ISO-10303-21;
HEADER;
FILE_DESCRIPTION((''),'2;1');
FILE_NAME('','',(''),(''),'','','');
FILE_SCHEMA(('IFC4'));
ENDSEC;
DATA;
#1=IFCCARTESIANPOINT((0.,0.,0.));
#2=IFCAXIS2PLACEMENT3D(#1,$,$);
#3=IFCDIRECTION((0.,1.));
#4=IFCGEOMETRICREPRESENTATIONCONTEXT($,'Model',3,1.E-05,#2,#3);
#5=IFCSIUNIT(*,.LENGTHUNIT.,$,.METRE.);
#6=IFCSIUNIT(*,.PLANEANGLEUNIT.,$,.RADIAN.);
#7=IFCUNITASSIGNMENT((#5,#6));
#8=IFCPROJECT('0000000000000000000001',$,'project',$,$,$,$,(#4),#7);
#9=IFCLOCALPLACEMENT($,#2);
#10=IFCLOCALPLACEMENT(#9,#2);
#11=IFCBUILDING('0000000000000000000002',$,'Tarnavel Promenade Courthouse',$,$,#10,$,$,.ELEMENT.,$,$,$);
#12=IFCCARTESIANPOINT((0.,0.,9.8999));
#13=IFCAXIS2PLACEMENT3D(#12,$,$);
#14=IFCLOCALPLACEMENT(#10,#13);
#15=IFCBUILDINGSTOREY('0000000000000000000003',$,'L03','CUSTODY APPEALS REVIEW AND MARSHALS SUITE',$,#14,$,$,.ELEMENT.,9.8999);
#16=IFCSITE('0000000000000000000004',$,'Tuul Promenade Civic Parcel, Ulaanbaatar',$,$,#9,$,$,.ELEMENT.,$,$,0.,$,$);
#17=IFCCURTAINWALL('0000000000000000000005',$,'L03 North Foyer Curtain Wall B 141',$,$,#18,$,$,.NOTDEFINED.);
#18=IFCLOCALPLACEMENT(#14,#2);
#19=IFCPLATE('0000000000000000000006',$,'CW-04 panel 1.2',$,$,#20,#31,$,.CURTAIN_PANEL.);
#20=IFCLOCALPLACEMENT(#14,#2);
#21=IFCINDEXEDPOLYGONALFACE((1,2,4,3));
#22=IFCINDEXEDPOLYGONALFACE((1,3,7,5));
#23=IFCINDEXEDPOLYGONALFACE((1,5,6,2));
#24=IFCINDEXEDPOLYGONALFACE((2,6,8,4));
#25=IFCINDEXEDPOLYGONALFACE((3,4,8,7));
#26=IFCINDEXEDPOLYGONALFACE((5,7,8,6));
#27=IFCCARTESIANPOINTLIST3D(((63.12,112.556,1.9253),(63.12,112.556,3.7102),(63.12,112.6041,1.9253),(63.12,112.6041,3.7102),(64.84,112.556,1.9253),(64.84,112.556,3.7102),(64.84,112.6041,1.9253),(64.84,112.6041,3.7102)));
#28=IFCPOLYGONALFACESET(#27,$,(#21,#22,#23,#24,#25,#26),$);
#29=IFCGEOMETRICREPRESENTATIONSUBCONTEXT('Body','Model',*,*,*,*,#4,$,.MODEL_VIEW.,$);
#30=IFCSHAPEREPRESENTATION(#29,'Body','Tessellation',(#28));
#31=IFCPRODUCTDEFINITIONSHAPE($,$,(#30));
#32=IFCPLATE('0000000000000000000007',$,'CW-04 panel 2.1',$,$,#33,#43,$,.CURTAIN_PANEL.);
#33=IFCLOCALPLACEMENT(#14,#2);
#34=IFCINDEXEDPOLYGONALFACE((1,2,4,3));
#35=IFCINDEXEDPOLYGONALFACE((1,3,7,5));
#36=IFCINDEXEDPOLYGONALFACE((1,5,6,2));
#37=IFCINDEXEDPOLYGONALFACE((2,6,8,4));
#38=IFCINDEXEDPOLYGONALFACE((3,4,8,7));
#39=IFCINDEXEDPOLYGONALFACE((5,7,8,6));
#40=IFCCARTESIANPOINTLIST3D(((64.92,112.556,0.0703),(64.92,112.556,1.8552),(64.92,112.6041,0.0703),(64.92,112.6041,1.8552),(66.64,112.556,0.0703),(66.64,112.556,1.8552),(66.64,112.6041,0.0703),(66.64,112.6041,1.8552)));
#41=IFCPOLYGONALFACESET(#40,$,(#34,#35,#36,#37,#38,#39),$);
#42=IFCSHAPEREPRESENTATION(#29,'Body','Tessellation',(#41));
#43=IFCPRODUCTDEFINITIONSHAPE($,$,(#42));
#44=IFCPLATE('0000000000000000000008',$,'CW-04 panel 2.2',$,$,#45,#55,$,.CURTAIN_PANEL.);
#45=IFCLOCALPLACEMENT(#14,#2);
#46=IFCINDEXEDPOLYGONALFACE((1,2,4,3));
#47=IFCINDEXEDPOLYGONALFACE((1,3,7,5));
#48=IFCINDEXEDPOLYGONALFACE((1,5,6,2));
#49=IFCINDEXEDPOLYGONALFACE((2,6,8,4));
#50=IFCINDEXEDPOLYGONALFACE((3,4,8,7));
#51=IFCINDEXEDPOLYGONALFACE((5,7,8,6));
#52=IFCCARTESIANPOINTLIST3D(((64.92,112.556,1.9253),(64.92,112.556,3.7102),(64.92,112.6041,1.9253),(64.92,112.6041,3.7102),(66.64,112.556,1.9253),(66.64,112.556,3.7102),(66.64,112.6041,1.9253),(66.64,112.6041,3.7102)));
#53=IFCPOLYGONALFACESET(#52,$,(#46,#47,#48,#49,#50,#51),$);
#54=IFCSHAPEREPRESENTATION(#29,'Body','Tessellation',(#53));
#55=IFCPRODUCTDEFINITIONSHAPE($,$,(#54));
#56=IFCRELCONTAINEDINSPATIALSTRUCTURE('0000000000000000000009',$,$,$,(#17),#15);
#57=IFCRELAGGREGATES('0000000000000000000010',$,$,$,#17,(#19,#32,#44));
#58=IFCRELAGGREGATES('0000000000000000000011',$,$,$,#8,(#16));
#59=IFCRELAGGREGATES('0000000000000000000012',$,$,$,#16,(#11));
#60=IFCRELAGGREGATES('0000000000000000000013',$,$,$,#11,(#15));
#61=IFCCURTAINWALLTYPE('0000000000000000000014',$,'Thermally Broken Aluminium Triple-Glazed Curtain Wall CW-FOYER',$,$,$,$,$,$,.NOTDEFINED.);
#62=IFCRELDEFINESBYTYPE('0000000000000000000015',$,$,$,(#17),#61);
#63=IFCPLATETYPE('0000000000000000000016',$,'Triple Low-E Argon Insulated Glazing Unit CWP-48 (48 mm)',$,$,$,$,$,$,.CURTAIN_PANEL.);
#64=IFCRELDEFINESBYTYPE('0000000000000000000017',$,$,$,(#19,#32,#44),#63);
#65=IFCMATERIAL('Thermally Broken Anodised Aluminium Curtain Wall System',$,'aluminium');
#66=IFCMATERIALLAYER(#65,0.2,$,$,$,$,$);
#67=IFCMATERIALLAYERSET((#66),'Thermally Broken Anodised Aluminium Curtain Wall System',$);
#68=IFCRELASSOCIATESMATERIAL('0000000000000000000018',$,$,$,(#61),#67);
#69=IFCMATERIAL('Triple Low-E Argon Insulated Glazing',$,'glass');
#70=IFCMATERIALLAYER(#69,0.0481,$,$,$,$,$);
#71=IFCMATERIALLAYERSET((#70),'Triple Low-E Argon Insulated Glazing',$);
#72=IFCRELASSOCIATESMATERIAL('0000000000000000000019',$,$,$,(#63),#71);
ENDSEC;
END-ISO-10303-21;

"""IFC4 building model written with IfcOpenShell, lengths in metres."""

from ifc_helpers import new_model, si_unit, direction, frame, origin, origin_2d, place, context, subcontext, project, spatial, rectangle, extrude, material, layer, layer_set, type_object, element, aggregate, save


model = new_model("IFC4")

# Units and contexts
model_context = context("Model", 3, precision=1e-05, world=origin(), true_north=direction((0.0, 1.0)))
body_context = subcontext(model_context, "Body", "Model", "MODEL_VIEW")
ifc_project = project(units=[si_unit("LENGTHUNIT", "METRE"), si_unit("PLANEANGLEUNIT", "RADIAN")], contexts=[model_context])

# Site, building, storey
site_placement = place(None, origin())
site = spatial("IfcSite", under=ifc_project, at=site_placement, Name="Tuul Promenade Civic Parcel, Ulaanbaatar", CompositionType="ELEMENT", RefElevation=0.0)
building_placement = place(site_placement, origin())
building = spatial("IfcBuilding", under=site, at=building_placement, Name="Tarnavel Promenade Courthouse", CompositionType="ELEMENT")
storey_placement = place(building_placement, frame((0.0, 0.0, 9.8999)))
storey = spatial("IfcBuildingStorey", under=building, at=storey_placement, Name="L03", Description="CUSTODY APPEALS REVIEW AND MARSHALS SUITE", CompositionType="ELEMENT", Elevation=9.8999)

# Curtain wall
ifc_material_1 = material(Name="Thermally Broken Anodised Aluminium Curtain Wall System", Category="aluminium")
ifc_layer_1 = layer(ifc_material_1, 0.2)
ifc_layer_set_1 = layer_set([ifc_layer_1], Name="Thermally Broken Anodised Aluminium Curtain Wall System")
curtain_wall_type = type_object("IfcCurtainWallType", Name="Thermally Broken Aluminium Triple-Glazed Curtain Wall CW-FOYER", PredefinedType="NOTDEFINED", material=ifc_layer_set_1)
curtain_wall_1_placement = place(storey_placement, origin())
curtain_wall_1 = element("IfcCurtainWall", 1, at=curtain_wall_1_placement, inside=storey, type_object=curtain_wall_type, Name="L03 North Foyer Curtain Wall B 141", PredefinedType="NOTDEFINED")

# Plates
ifc_material_2 = material(Name="Triple Low-E Argon Insulated Glazing", Category="glass")
ifc_layer_2 = layer(ifc_material_2, 0.0481)
ifc_layer_set_2 = layer_set([ifc_layer_2], Name="Triple Low-E Argon Insulated Glazing")
plate_type = type_object("IfcPlateType", Name="Triple Low-E Argon Insulated Glazing Unit CWP-48 (48 mm)", PredefinedType="CURTAIN_PANEL", material=ifc_layer_set_2)
plate_1_placement = place(storey_placement, frame((63.98, 112.5801, 1.9253), z_axis=(0.0, 0.0, 1.0), x_axis=(1.0, 0.0, 0.0)))
plate_1 = element("IfcPlate", 2, at=plate_1_placement, type_object=plate_type, Name="CW-04 panel 1.2", PredefinedType="CURTAIN_PANEL", context=body_context, shape_type="SweptSolid", body=[
    extrude(rectangle(XDim=1.72, YDim=0.0481, at=origin_2d()), origin(), (0.0, 0.0, 1.0), 1.7849),
])
plate_2_placement = place(storey_placement, frame((65.78, 112.5801, 0.0703), z_axis=(0.0, 0.0, 1.0), x_axis=(1.0, 0.0, 0.0)))
plate_2 = element("IfcPlate", 3, at=plate_2_placement, type_object=plate_type, Name="CW-04 panel 2.1", PredefinedType="CURTAIN_PANEL", context=body_context, shape_type="SweptSolid", body=[
    extrude(rectangle(XDim=1.72, YDim=0.0481, at=origin_2d()), origin(), (0.0, 0.0, 1.0), 1.7849),
])
plate_3_placement = place(storey_placement, frame((65.78, 112.5801, 1.9253), z_axis=(0.0, 0.0, 1.0), x_axis=(1.0, 0.0, 0.0)))
plate_3 = element("IfcPlate", 4, at=plate_3_placement, type_object=plate_type, Name="CW-04 panel 2.2", PredefinedType="CURTAIN_PANEL", context=body_context, shape_type="SweptSolid", body=[
    extrude(rectangle(XDim=1.72, YDim=0.0481, at=origin_2d()), origin(), (0.0, 0.0, 1.0), 1.7849),
])
aggregate(curtain_wall_1, [plate_1, plate_2, plate_3])

save(model, "model.ifc")
